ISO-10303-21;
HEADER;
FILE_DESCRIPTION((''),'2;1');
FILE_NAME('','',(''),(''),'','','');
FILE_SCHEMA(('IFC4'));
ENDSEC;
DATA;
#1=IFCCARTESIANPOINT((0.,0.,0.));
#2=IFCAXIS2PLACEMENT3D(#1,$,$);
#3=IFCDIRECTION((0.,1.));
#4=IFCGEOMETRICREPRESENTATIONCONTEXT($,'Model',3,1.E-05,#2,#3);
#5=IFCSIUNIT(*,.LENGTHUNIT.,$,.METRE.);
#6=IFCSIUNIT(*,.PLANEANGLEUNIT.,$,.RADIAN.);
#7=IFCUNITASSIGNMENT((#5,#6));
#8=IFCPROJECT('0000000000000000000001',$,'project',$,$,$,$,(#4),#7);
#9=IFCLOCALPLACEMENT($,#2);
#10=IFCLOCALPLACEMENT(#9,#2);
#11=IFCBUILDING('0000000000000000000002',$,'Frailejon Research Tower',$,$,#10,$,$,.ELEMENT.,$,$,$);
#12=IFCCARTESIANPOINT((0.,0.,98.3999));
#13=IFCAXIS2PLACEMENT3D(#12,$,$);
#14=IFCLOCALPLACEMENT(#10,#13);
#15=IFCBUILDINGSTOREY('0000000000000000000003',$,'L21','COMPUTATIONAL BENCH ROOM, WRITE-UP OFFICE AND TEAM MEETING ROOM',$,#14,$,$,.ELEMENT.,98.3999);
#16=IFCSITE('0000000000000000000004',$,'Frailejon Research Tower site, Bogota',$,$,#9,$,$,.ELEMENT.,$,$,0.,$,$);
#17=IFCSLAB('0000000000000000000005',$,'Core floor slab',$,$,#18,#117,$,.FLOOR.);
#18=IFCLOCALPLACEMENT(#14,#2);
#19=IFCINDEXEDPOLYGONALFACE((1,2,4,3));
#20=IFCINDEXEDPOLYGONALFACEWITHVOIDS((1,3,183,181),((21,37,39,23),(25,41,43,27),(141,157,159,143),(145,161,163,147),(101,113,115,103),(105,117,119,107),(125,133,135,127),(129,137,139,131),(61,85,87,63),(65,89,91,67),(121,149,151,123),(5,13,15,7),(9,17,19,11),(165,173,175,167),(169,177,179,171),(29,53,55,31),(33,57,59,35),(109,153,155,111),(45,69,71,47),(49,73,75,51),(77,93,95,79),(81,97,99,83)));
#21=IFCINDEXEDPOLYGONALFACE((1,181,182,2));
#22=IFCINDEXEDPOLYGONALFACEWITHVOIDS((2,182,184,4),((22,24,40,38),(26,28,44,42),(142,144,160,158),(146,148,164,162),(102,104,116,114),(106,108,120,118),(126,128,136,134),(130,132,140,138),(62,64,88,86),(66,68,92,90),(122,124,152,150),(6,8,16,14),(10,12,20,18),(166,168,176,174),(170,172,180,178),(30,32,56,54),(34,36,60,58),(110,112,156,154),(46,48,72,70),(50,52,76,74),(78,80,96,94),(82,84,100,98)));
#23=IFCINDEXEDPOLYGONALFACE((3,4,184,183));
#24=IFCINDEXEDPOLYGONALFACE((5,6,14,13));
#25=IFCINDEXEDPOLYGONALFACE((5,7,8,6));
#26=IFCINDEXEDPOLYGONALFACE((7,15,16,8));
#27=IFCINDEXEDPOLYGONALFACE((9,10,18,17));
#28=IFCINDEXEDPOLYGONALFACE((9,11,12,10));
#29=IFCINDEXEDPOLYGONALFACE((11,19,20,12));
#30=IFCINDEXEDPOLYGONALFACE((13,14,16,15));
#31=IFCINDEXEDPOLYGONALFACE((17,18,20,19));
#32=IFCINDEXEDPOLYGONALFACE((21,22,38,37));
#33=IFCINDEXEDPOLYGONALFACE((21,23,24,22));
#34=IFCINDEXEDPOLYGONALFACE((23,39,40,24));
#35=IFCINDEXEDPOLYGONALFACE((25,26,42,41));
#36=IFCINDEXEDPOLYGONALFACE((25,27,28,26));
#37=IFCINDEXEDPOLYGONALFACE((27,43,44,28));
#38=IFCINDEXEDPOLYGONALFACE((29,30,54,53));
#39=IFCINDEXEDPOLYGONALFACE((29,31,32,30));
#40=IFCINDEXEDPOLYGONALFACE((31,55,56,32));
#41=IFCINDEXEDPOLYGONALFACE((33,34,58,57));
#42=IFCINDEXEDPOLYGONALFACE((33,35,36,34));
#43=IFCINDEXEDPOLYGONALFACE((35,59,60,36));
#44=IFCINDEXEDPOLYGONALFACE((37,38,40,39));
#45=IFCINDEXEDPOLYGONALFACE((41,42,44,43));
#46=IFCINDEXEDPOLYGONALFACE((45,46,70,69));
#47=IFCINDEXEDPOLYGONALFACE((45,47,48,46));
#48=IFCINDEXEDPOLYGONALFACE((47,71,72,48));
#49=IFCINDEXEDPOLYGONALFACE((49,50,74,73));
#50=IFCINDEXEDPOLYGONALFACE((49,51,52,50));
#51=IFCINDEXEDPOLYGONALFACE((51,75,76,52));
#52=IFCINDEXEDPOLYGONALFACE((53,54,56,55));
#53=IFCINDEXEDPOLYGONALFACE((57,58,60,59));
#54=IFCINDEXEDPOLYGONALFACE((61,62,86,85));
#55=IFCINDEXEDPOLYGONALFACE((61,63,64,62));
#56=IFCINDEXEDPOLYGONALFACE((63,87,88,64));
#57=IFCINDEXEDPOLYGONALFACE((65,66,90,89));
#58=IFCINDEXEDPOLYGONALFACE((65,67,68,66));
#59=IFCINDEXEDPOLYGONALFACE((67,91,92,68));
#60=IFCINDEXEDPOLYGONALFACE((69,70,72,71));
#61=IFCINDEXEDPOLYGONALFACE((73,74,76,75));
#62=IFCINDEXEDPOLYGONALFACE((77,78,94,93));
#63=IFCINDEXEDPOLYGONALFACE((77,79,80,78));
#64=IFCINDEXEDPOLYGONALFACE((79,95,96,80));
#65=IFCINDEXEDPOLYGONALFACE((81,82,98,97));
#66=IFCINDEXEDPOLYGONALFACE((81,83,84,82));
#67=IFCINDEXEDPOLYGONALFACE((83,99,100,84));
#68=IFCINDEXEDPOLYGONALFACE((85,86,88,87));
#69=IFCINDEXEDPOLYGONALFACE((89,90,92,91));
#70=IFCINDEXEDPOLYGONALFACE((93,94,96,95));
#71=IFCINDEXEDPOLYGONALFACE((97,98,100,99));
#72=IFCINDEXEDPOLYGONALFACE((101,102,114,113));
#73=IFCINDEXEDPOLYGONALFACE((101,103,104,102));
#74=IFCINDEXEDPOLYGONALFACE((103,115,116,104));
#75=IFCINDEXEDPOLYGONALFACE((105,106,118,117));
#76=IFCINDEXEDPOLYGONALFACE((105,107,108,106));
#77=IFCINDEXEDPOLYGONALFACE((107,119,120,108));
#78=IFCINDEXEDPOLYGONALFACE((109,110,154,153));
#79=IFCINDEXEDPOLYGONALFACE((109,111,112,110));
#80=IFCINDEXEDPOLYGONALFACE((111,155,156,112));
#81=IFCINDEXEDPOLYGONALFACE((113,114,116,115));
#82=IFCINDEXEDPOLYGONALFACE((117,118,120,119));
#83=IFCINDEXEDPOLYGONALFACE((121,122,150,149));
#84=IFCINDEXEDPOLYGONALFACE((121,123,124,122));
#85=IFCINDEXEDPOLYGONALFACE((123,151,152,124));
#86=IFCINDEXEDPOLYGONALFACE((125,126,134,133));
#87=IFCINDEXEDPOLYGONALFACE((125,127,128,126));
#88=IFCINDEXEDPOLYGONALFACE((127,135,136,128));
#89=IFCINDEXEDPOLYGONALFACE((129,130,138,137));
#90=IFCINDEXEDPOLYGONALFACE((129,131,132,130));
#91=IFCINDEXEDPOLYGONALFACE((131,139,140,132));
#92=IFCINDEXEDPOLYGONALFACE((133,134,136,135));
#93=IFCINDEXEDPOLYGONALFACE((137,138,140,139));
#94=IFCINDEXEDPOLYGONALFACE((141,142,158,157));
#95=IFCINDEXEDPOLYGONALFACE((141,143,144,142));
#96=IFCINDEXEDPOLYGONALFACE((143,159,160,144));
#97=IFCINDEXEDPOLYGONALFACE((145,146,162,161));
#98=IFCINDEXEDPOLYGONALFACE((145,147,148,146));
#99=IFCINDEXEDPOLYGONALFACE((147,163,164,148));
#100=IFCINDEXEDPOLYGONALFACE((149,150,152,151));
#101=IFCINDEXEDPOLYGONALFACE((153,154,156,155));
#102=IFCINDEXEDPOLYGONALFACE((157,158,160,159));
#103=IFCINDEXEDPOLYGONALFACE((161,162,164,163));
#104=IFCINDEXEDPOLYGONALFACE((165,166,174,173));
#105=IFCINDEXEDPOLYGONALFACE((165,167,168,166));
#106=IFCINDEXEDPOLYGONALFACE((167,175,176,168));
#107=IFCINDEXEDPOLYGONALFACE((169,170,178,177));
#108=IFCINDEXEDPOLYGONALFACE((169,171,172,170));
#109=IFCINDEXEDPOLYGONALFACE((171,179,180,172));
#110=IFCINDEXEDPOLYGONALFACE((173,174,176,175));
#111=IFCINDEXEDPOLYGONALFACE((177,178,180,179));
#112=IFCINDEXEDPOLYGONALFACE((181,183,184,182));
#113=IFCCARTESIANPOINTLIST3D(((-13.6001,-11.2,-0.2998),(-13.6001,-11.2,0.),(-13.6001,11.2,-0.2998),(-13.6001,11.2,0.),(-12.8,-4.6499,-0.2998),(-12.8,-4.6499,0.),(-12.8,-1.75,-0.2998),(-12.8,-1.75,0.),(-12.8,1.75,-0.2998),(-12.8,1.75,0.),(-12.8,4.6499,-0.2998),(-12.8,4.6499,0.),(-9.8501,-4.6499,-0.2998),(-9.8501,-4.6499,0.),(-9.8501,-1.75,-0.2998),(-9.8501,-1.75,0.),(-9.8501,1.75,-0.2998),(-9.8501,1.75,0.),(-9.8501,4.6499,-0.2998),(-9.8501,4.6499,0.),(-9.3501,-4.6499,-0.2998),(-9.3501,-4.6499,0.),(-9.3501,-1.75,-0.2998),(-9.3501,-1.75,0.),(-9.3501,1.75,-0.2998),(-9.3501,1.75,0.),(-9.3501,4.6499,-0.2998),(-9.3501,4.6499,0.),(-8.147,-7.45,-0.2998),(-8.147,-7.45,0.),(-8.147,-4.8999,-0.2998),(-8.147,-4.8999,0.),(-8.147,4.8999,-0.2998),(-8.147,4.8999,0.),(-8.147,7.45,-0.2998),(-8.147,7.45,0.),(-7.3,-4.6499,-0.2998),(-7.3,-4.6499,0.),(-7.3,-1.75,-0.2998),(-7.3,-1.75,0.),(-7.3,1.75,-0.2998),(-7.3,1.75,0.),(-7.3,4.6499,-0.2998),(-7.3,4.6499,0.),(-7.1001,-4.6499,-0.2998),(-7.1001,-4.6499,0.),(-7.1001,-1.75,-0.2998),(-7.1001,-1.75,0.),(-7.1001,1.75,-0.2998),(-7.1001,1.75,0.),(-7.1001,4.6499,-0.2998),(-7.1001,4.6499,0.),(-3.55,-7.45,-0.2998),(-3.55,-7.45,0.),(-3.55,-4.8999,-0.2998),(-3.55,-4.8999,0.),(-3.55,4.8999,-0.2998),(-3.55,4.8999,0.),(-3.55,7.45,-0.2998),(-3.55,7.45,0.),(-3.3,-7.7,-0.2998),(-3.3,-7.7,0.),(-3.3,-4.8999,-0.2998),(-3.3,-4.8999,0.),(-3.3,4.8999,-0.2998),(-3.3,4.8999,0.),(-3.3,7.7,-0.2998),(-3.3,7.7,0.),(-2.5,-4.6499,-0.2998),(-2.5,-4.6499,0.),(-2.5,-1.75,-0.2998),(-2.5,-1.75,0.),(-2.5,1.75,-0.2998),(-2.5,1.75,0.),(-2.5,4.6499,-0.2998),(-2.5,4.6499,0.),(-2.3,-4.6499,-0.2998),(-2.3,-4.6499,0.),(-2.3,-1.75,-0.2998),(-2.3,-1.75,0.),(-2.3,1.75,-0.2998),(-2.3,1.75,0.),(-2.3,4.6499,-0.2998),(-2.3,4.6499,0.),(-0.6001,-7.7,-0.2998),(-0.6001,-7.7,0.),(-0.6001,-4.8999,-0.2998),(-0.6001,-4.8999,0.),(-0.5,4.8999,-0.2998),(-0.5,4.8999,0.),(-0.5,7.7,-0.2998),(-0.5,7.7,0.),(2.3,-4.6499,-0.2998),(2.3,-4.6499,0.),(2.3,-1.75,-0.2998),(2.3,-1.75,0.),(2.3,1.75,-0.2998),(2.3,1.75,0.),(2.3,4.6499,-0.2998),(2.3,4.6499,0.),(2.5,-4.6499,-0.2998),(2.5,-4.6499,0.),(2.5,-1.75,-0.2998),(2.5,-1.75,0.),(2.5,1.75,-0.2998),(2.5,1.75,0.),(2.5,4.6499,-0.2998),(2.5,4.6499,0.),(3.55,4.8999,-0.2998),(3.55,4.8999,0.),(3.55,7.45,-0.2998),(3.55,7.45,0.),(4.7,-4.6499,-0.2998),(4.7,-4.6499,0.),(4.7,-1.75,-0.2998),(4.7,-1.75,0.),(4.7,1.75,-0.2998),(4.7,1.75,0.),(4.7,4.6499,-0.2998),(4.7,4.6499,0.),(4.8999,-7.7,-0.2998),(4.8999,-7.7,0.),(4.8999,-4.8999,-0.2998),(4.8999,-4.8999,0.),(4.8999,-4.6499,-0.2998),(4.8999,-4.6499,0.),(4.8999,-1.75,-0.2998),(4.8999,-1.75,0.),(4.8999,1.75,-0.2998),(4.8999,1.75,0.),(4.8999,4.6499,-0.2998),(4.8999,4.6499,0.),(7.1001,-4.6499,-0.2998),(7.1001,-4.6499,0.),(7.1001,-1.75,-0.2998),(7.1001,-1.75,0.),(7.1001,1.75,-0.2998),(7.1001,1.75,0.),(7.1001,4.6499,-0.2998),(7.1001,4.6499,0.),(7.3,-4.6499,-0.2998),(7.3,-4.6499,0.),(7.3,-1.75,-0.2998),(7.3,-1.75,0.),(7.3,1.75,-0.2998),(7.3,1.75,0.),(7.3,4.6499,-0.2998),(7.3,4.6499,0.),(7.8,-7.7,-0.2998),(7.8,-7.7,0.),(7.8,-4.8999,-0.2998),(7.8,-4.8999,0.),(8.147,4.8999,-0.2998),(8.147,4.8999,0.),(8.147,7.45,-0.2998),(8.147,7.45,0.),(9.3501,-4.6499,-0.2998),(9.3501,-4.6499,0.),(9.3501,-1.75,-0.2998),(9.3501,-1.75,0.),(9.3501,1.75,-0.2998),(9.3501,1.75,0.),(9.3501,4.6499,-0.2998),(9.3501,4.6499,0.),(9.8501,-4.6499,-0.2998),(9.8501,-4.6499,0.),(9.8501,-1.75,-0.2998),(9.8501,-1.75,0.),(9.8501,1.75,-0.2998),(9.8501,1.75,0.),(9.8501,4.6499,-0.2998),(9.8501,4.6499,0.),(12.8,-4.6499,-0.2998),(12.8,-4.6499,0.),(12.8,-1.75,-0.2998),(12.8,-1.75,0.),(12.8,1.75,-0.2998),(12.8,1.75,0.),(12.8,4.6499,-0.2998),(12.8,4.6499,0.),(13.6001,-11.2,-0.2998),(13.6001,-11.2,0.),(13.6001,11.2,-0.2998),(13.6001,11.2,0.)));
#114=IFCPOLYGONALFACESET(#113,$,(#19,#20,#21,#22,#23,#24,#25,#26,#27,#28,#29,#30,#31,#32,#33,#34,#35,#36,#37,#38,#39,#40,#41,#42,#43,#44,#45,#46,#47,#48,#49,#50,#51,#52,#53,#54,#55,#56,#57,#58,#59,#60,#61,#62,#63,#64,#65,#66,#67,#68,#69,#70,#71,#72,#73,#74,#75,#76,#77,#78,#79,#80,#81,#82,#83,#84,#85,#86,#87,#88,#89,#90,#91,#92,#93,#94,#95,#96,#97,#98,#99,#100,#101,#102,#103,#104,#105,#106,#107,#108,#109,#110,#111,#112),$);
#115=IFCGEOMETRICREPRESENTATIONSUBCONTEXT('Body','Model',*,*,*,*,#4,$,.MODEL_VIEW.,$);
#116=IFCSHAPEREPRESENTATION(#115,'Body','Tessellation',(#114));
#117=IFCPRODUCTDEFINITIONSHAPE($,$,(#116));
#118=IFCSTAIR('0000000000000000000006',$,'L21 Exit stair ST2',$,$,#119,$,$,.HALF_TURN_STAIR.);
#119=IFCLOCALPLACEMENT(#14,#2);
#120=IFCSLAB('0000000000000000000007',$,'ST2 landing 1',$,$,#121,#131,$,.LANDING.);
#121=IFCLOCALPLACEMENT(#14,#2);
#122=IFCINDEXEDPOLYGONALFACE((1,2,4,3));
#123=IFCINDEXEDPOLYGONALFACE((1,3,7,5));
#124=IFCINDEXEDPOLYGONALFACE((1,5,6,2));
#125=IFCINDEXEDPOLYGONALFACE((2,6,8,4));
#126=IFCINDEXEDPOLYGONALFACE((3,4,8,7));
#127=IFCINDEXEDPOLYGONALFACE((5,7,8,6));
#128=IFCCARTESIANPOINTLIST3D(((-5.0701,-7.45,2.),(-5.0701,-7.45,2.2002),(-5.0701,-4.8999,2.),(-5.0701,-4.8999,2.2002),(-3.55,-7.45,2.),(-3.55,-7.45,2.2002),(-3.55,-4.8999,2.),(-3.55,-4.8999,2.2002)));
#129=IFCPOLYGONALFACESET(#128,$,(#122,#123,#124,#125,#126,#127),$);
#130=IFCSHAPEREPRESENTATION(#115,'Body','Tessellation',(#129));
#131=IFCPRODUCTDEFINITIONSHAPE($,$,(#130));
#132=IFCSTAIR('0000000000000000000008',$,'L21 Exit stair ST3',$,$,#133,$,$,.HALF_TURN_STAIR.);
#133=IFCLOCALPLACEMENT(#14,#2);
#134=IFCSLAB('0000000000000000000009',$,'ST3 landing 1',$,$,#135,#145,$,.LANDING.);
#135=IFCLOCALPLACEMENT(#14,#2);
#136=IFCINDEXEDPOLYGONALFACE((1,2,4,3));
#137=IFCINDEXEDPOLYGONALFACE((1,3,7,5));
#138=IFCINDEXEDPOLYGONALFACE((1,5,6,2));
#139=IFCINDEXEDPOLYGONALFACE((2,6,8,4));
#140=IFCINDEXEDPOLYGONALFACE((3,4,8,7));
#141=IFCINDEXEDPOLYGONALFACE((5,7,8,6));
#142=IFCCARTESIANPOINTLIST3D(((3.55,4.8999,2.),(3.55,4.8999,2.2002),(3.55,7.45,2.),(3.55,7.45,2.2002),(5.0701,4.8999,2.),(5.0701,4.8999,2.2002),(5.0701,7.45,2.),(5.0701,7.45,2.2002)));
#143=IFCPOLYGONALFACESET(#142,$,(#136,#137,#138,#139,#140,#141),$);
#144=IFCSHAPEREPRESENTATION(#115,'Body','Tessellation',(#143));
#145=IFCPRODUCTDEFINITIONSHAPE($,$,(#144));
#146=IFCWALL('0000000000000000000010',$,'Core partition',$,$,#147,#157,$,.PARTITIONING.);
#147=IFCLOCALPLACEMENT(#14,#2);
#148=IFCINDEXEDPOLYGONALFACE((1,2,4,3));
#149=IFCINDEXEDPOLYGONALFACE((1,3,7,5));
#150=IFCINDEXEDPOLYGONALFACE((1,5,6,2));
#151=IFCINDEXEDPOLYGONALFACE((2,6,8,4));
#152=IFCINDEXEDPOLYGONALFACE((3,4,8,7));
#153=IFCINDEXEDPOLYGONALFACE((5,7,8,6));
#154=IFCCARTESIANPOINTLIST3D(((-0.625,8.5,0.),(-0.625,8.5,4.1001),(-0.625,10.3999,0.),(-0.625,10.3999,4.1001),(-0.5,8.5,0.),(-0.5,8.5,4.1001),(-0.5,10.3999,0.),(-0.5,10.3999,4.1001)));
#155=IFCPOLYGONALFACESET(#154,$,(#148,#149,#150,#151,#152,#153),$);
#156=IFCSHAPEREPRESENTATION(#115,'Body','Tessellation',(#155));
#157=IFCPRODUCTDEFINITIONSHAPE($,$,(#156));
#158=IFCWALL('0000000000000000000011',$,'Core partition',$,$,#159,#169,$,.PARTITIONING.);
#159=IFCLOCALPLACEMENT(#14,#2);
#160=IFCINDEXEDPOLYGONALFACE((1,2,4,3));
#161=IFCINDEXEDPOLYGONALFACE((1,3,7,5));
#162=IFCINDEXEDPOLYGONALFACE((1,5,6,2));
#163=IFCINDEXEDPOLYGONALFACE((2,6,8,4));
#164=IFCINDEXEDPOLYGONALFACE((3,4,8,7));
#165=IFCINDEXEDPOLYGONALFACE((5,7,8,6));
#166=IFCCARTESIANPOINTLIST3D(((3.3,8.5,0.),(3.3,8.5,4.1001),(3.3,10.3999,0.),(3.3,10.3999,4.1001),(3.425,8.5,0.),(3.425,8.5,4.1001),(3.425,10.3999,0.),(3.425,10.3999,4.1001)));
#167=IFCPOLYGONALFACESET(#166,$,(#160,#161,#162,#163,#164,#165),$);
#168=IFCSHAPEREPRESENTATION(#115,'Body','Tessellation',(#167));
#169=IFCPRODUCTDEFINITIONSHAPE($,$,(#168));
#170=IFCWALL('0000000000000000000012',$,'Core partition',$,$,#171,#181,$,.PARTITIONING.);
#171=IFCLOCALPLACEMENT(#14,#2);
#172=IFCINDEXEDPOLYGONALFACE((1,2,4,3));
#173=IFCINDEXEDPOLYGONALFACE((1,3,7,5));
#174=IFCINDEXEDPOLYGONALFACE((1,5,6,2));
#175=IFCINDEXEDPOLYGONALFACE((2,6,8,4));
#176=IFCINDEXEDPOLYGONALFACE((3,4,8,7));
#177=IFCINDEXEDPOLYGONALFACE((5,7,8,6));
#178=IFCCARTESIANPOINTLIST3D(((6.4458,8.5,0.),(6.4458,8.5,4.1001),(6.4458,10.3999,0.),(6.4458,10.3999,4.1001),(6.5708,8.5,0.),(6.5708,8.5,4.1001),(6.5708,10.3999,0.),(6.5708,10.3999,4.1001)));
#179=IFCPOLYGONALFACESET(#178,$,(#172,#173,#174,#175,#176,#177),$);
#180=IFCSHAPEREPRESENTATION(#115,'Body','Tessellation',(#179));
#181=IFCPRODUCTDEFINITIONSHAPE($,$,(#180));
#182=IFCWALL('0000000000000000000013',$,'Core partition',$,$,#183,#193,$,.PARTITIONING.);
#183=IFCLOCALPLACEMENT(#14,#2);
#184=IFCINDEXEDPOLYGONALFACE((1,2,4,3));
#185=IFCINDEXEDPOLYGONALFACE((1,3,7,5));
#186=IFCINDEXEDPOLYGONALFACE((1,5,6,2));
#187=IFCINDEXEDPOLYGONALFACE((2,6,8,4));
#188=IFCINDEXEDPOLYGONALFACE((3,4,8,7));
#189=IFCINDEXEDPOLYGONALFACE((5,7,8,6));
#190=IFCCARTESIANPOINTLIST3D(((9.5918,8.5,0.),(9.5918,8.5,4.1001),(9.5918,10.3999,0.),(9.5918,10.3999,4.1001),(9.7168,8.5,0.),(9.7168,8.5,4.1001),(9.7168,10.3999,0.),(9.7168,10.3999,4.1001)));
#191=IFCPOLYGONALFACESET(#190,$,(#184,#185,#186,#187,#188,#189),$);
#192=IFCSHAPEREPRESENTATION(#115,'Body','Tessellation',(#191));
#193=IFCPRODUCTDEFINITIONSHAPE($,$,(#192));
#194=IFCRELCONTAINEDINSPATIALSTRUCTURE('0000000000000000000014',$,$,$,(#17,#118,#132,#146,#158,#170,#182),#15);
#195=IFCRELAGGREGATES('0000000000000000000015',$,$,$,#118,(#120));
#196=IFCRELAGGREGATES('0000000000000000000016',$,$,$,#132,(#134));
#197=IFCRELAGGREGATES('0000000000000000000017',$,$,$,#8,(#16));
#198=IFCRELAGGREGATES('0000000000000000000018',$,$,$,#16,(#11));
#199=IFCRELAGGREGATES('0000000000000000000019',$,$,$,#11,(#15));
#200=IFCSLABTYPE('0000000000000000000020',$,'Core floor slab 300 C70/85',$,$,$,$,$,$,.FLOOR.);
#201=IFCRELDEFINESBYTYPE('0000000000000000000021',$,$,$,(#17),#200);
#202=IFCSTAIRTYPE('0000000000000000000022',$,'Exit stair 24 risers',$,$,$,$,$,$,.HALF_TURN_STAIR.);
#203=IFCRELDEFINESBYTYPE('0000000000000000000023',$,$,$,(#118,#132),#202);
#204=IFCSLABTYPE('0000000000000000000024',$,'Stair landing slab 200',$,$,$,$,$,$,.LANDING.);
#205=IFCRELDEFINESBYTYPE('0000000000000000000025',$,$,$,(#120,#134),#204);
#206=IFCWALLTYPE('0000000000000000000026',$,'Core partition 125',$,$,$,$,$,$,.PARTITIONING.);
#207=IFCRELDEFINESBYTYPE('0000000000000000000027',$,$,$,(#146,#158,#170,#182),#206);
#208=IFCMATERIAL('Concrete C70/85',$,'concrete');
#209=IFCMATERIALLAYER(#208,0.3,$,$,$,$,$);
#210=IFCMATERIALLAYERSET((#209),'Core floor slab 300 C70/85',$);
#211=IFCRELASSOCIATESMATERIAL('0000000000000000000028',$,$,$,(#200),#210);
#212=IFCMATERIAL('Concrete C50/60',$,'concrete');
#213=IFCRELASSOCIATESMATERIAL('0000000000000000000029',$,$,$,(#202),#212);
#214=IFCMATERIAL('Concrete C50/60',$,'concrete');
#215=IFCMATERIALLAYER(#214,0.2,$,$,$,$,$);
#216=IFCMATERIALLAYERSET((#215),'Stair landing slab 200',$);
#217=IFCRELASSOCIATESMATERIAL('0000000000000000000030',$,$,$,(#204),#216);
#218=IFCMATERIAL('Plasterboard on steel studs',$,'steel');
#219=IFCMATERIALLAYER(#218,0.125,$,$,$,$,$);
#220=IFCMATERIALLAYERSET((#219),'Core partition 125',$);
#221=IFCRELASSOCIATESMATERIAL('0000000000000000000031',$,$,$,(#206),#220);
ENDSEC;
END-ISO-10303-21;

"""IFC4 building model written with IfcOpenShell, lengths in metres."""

from ifc_helpers import new_model, si_unit, direction, frame, frame_2d, origin, place, context, subcontext, project, spatial, polyline, rectangle, outline, extrude, material, layer, layer_set, type_object, element, aggregate, save


model = new_model("IFC4")

# Units and contexts
model_context = context("Model", 3, precision=1e-05, world=origin(), true_north=direction((0.0, 1.0)))
body_context = subcontext(model_context, "Body", "Model", "MODEL_VIEW")
ifc_project = project(units=[si_unit("LENGTHUNIT", "METRE"), si_unit("PLANEANGLEUNIT", "RADIAN")], contexts=[model_context])

# Site, building, storey
site_placement = place(None, origin())
site = spatial("IfcSite", under=ifc_project, at=site_placement, Name="Frailejon Research Tower site, Bogota", CompositionType="ELEMENT", RefElevation=0.0)
building_placement = place(site_placement, origin())
building = spatial("IfcBuilding", under=site, at=building_placement, Name="Frailejon Research Tower", CompositionType="ELEMENT")
storey_placement = place(building_placement, frame((0.0, 0.0, 98.3999)))
storey = spatial("IfcBuildingStorey", under=building, at=storey_placement, Name="L21", Description="COMPUTATIONAL BENCH ROOM, WRITE-UP OFFICE AND TEAM MEETING ROOM", CompositionType="ELEMENT", Elevation=98.3999)

# Slab
ifc_material_1 = material(Name="Concrete C70/85", Category="concrete")
ifc_layer_1 = layer(ifc_material_1, 0.3)
ifc_layer_set_1 = layer_set([ifc_layer_1], Name="Core floor slab 300 C70/85")
slab_type_1 = type_object("IfcSlabType", Name="Core floor slab 300 C70/85", PredefinedType="FLOOR", material=ifc_layer_set_1)
slab_1_placement = place(storey_placement, frame((0.0, 0.0, -0.2998)))
element("IfcSlab", 1, at=slab_1_placement, inside=storey, type_object=slab_type_1, Name="Core floor slab", PredefinedType="FLOOR", context=body_context, shape_type="SweptSolid", body=[
    extrude(outline(polyline([(13.6001, -11.2), (13.6001, 11.2), (-13.6001, 11.2), (-13.6001, -11.2), (13.6001, -11.2)]), holes=[polyline([(-9.8501, 1.75), (-9.8501, 4.6499), (-12.8, 4.6499), (-12.8, 1.75), (-9.8501, 1.75)]), polyline([(-7.3, 1.75), (-7.3, 4.6499), (-9.3501, 4.6499), (-9.3501, 1.75), (-7.3, 1.75)]), polyline([(-2.5, 1.75), (-2.5, 4.6499), (-7.1001, 4.6499), (-7.1001, 1.75), (-2.5, 1.75)]), polyline([(2.3, 1.75), (2.3, 4.6499), (-2.3, 4.6499), (-2.3, 1.75), (2.3, 1.75)]), polyline([(4.7, 1.75), (4.7, 4.6499), (2.5, 4.6499), (2.5, 1.75), (4.7, 1.75)]), polyline([(7.1001, 1.75), (7.1001, 4.6499), (4.8999, 4.6499), (4.8999, 1.75), (7.1001, 1.75)]), polyline([(9.3501, 1.75), (9.3501, 4.6499), (7.3, 4.6499), (7.3, 1.75), (9.3501, 1.75)]), polyline([(12.8, 1.75), (12.8, 4.6499), (9.8501, 4.6499), (9.8501, 1.75), (12.8, 1.75)]), polyline([(-9.8501, -4.6499), (-9.8501, -1.75), (-12.8, -1.75), (-12.8, -4.6499), (-9.8501, -4.6499)]), polyline([(-7.3, -4.6499), (-7.3, -1.75), (-9.3501, -1.75), (-9.3501, -4.6499), (-7.3, -4.6499)]), polyline([(-2.5, -4.6499), (-2.5, -1.75), (-7.1001, -1.75), (-7.1001, -4.6499), (-2.5, -4.6499)]), polyline([(2.3, -4.6499), (2.3, -1.75), (-2.3, -1.75), (-2.3, -4.6499), (2.3, -4.6499)]), polyline([(4.7, -4.6499), (4.7, -1.75), (2.5, -1.75), (2.5, -4.6499), (4.7, -4.6499)]), polyline([(7.1001, -4.6499), (7.1001, -1.75), (4.8999, -1.75), (4.8999, -4.6499), (7.1001, -4.6499)]), polyline([(9.3501, -4.6499), (9.3501, -1.75), (7.3, -1.75), (7.3, -4.6499), (9.3501, -4.6499)]), polyline([(12.8, -4.6499), (12.8, -1.75), (9.8501, -1.75), (9.8501, -4.6499), (12.8, -4.6499)]), polyline([(-8.147, 4.8999), (-3.55, 4.8999), (-3.55, 7.45), (-8.147, 7.45), (-8.147, 4.8999)]), polyline([(-8.147, -7.45), (-3.55, -7.45), (-3.55, -4.8999), (-8.147, -4.8999), (-8.147, -7.45)]), polyline([(8.147, 7.45), (3.55, 7.45), (3.55, 4.8999), (8.147, 4.8999), (8.147, 7.45)]), polyline([(-0.6001, -7.7), (-0.6001, -4.8999), (-3.3, -4.8999), (-3.3, -7.7), (-0.6001, -7.7)]), polyline([(7.8, -7.7), (7.8, -4.8999), (4.8999, -4.8999), (4.8999, -7.7), (7.8, -7.7)]), polyline([(-0.5, 4.8999), (-0.5, 7.7), (-3.3, 7.7), (-3.3, 4.8999), (-0.5, 4.8999)])]), origin(), (0.0, 0.0, 1.0), 0.2998),
])

# Stairs, slabs
ifc_material_2 = material(Name="Concrete C50/60", Category="concrete")
stair_type = type_object("IfcStairType", Name="Exit stair 24 risers", PredefinedType="HALF_TURN_STAIR", material=ifc_material_2)
stair_1_placement = place(storey_placement, origin())
stair_1 = element("IfcStair", 2, at=stair_1_placement, inside=storey, type_object=stair_type, Name="L21 Exit stair ST2", PredefinedType="HALF_TURN_STAIR")
ifc_material_3 = material(Name="Concrete C50/60", Category="concrete")
ifc_layer_2 = layer(ifc_material_3, 0.2)
ifc_layer_set_2 = layer_set([ifc_layer_2], Name="Stair landing slab 200")
slab_type_2 = type_object("IfcSlabType", Name="Stair landing slab 200", PredefinedType="LANDING", material=ifc_layer_set_2)
slab_2_placement = place(storey_placement, frame((0.0, 0.0, 2.0)))
slab_2 = element("IfcSlab", 3, at=slab_2_placement, type_object=slab_type_2, Name="ST2 landing 1", PredefinedType="LANDING", context=body_context, shape_type="SweptSolid", body=[
    extrude(outline(polyline([(-5.0701, -7.45), (-3.55, -7.45), (-3.55, -4.8999), (-5.0701, -4.8999), (-5.0701, -7.45)])), origin(), (0.0, 0.0, 1.0), 0.2002),
])
aggregate(stair_1, [slab_2])
stair_2_placement = place(storey_placement, origin())
stair_2 = element("IfcStair", 4, at=stair_2_placement, inside=storey, type_object=stair_type, Name="L21 Exit stair ST3", PredefinedType="HALF_TURN_STAIR")
slab_3_placement = place(storey_placement, frame((0.0, 0.0, 2.0)))
slab_3 = element("IfcSlab", 5, at=slab_3_placement, type_object=slab_type_2, Name="ST3 landing 1", PredefinedType="LANDING", context=body_context, shape_type="SweptSolid", body=[
    extrude(outline(polyline([(5.0701, 7.45), (3.55, 7.45), (3.55, 4.8999), (5.0701, 4.8999), (5.0701, 7.45)])), origin(), (0.0, 0.0, 1.0), 0.2002),
])

# Walls
ifc_material_4 = material(Name="Plasterboard on steel studs", Category="steel")
ifc_layer_3 = layer(ifc_material_4, 0.125)
ifc_layer_set_3 = layer_set([ifc_layer_3], Name="Core partition 125")
wall_type_1 = type_object("IfcWallType", Name="Core partition 125", PredefinedType="PARTITIONING", material=ifc_layer_set_3)
for number, where, z_axis, x_axis, name in (
    (6, (-0.5625, 8.5, 0.0), (0.0, 0.0, 1.0), (0.0, 1.0, 0.0), "Core partition"),
    (7, (3.3625, 8.5, 0.0), (0.0, 0.0, 1.0), (0.0, 1.0, 0.0), "Core partition"),
    (8, (6.5083, 8.5, 0.0), (0.0, 0.0, 1.0), (0.0, 1.0, 0.0), "Core partition"),
    (9, (9.6543, 8.5, 0.0), (0.0, 0.0, 1.0), (0.0, 1.0, 0.0), "Core partition"),
):
    element("IfcWall", number, at=place(storey_placement, frame(where, z_axis=z_axis, x_axis=x_axis)), inside=storey, type_object=wall_type_1, Name=name, PredefinedType="PARTITIONING", context=body_context, shape_type="SweptSolid", body=[
        extrude(rectangle(XDim=1.8999, YDim=0.125, at=frame_2d((0.95, 0.0))), origin(), (0.0, 0.0, 1.0), 4.1001),
    ])

aggregate(stair_2, [slab_3])

save(model, "model.ifc")
